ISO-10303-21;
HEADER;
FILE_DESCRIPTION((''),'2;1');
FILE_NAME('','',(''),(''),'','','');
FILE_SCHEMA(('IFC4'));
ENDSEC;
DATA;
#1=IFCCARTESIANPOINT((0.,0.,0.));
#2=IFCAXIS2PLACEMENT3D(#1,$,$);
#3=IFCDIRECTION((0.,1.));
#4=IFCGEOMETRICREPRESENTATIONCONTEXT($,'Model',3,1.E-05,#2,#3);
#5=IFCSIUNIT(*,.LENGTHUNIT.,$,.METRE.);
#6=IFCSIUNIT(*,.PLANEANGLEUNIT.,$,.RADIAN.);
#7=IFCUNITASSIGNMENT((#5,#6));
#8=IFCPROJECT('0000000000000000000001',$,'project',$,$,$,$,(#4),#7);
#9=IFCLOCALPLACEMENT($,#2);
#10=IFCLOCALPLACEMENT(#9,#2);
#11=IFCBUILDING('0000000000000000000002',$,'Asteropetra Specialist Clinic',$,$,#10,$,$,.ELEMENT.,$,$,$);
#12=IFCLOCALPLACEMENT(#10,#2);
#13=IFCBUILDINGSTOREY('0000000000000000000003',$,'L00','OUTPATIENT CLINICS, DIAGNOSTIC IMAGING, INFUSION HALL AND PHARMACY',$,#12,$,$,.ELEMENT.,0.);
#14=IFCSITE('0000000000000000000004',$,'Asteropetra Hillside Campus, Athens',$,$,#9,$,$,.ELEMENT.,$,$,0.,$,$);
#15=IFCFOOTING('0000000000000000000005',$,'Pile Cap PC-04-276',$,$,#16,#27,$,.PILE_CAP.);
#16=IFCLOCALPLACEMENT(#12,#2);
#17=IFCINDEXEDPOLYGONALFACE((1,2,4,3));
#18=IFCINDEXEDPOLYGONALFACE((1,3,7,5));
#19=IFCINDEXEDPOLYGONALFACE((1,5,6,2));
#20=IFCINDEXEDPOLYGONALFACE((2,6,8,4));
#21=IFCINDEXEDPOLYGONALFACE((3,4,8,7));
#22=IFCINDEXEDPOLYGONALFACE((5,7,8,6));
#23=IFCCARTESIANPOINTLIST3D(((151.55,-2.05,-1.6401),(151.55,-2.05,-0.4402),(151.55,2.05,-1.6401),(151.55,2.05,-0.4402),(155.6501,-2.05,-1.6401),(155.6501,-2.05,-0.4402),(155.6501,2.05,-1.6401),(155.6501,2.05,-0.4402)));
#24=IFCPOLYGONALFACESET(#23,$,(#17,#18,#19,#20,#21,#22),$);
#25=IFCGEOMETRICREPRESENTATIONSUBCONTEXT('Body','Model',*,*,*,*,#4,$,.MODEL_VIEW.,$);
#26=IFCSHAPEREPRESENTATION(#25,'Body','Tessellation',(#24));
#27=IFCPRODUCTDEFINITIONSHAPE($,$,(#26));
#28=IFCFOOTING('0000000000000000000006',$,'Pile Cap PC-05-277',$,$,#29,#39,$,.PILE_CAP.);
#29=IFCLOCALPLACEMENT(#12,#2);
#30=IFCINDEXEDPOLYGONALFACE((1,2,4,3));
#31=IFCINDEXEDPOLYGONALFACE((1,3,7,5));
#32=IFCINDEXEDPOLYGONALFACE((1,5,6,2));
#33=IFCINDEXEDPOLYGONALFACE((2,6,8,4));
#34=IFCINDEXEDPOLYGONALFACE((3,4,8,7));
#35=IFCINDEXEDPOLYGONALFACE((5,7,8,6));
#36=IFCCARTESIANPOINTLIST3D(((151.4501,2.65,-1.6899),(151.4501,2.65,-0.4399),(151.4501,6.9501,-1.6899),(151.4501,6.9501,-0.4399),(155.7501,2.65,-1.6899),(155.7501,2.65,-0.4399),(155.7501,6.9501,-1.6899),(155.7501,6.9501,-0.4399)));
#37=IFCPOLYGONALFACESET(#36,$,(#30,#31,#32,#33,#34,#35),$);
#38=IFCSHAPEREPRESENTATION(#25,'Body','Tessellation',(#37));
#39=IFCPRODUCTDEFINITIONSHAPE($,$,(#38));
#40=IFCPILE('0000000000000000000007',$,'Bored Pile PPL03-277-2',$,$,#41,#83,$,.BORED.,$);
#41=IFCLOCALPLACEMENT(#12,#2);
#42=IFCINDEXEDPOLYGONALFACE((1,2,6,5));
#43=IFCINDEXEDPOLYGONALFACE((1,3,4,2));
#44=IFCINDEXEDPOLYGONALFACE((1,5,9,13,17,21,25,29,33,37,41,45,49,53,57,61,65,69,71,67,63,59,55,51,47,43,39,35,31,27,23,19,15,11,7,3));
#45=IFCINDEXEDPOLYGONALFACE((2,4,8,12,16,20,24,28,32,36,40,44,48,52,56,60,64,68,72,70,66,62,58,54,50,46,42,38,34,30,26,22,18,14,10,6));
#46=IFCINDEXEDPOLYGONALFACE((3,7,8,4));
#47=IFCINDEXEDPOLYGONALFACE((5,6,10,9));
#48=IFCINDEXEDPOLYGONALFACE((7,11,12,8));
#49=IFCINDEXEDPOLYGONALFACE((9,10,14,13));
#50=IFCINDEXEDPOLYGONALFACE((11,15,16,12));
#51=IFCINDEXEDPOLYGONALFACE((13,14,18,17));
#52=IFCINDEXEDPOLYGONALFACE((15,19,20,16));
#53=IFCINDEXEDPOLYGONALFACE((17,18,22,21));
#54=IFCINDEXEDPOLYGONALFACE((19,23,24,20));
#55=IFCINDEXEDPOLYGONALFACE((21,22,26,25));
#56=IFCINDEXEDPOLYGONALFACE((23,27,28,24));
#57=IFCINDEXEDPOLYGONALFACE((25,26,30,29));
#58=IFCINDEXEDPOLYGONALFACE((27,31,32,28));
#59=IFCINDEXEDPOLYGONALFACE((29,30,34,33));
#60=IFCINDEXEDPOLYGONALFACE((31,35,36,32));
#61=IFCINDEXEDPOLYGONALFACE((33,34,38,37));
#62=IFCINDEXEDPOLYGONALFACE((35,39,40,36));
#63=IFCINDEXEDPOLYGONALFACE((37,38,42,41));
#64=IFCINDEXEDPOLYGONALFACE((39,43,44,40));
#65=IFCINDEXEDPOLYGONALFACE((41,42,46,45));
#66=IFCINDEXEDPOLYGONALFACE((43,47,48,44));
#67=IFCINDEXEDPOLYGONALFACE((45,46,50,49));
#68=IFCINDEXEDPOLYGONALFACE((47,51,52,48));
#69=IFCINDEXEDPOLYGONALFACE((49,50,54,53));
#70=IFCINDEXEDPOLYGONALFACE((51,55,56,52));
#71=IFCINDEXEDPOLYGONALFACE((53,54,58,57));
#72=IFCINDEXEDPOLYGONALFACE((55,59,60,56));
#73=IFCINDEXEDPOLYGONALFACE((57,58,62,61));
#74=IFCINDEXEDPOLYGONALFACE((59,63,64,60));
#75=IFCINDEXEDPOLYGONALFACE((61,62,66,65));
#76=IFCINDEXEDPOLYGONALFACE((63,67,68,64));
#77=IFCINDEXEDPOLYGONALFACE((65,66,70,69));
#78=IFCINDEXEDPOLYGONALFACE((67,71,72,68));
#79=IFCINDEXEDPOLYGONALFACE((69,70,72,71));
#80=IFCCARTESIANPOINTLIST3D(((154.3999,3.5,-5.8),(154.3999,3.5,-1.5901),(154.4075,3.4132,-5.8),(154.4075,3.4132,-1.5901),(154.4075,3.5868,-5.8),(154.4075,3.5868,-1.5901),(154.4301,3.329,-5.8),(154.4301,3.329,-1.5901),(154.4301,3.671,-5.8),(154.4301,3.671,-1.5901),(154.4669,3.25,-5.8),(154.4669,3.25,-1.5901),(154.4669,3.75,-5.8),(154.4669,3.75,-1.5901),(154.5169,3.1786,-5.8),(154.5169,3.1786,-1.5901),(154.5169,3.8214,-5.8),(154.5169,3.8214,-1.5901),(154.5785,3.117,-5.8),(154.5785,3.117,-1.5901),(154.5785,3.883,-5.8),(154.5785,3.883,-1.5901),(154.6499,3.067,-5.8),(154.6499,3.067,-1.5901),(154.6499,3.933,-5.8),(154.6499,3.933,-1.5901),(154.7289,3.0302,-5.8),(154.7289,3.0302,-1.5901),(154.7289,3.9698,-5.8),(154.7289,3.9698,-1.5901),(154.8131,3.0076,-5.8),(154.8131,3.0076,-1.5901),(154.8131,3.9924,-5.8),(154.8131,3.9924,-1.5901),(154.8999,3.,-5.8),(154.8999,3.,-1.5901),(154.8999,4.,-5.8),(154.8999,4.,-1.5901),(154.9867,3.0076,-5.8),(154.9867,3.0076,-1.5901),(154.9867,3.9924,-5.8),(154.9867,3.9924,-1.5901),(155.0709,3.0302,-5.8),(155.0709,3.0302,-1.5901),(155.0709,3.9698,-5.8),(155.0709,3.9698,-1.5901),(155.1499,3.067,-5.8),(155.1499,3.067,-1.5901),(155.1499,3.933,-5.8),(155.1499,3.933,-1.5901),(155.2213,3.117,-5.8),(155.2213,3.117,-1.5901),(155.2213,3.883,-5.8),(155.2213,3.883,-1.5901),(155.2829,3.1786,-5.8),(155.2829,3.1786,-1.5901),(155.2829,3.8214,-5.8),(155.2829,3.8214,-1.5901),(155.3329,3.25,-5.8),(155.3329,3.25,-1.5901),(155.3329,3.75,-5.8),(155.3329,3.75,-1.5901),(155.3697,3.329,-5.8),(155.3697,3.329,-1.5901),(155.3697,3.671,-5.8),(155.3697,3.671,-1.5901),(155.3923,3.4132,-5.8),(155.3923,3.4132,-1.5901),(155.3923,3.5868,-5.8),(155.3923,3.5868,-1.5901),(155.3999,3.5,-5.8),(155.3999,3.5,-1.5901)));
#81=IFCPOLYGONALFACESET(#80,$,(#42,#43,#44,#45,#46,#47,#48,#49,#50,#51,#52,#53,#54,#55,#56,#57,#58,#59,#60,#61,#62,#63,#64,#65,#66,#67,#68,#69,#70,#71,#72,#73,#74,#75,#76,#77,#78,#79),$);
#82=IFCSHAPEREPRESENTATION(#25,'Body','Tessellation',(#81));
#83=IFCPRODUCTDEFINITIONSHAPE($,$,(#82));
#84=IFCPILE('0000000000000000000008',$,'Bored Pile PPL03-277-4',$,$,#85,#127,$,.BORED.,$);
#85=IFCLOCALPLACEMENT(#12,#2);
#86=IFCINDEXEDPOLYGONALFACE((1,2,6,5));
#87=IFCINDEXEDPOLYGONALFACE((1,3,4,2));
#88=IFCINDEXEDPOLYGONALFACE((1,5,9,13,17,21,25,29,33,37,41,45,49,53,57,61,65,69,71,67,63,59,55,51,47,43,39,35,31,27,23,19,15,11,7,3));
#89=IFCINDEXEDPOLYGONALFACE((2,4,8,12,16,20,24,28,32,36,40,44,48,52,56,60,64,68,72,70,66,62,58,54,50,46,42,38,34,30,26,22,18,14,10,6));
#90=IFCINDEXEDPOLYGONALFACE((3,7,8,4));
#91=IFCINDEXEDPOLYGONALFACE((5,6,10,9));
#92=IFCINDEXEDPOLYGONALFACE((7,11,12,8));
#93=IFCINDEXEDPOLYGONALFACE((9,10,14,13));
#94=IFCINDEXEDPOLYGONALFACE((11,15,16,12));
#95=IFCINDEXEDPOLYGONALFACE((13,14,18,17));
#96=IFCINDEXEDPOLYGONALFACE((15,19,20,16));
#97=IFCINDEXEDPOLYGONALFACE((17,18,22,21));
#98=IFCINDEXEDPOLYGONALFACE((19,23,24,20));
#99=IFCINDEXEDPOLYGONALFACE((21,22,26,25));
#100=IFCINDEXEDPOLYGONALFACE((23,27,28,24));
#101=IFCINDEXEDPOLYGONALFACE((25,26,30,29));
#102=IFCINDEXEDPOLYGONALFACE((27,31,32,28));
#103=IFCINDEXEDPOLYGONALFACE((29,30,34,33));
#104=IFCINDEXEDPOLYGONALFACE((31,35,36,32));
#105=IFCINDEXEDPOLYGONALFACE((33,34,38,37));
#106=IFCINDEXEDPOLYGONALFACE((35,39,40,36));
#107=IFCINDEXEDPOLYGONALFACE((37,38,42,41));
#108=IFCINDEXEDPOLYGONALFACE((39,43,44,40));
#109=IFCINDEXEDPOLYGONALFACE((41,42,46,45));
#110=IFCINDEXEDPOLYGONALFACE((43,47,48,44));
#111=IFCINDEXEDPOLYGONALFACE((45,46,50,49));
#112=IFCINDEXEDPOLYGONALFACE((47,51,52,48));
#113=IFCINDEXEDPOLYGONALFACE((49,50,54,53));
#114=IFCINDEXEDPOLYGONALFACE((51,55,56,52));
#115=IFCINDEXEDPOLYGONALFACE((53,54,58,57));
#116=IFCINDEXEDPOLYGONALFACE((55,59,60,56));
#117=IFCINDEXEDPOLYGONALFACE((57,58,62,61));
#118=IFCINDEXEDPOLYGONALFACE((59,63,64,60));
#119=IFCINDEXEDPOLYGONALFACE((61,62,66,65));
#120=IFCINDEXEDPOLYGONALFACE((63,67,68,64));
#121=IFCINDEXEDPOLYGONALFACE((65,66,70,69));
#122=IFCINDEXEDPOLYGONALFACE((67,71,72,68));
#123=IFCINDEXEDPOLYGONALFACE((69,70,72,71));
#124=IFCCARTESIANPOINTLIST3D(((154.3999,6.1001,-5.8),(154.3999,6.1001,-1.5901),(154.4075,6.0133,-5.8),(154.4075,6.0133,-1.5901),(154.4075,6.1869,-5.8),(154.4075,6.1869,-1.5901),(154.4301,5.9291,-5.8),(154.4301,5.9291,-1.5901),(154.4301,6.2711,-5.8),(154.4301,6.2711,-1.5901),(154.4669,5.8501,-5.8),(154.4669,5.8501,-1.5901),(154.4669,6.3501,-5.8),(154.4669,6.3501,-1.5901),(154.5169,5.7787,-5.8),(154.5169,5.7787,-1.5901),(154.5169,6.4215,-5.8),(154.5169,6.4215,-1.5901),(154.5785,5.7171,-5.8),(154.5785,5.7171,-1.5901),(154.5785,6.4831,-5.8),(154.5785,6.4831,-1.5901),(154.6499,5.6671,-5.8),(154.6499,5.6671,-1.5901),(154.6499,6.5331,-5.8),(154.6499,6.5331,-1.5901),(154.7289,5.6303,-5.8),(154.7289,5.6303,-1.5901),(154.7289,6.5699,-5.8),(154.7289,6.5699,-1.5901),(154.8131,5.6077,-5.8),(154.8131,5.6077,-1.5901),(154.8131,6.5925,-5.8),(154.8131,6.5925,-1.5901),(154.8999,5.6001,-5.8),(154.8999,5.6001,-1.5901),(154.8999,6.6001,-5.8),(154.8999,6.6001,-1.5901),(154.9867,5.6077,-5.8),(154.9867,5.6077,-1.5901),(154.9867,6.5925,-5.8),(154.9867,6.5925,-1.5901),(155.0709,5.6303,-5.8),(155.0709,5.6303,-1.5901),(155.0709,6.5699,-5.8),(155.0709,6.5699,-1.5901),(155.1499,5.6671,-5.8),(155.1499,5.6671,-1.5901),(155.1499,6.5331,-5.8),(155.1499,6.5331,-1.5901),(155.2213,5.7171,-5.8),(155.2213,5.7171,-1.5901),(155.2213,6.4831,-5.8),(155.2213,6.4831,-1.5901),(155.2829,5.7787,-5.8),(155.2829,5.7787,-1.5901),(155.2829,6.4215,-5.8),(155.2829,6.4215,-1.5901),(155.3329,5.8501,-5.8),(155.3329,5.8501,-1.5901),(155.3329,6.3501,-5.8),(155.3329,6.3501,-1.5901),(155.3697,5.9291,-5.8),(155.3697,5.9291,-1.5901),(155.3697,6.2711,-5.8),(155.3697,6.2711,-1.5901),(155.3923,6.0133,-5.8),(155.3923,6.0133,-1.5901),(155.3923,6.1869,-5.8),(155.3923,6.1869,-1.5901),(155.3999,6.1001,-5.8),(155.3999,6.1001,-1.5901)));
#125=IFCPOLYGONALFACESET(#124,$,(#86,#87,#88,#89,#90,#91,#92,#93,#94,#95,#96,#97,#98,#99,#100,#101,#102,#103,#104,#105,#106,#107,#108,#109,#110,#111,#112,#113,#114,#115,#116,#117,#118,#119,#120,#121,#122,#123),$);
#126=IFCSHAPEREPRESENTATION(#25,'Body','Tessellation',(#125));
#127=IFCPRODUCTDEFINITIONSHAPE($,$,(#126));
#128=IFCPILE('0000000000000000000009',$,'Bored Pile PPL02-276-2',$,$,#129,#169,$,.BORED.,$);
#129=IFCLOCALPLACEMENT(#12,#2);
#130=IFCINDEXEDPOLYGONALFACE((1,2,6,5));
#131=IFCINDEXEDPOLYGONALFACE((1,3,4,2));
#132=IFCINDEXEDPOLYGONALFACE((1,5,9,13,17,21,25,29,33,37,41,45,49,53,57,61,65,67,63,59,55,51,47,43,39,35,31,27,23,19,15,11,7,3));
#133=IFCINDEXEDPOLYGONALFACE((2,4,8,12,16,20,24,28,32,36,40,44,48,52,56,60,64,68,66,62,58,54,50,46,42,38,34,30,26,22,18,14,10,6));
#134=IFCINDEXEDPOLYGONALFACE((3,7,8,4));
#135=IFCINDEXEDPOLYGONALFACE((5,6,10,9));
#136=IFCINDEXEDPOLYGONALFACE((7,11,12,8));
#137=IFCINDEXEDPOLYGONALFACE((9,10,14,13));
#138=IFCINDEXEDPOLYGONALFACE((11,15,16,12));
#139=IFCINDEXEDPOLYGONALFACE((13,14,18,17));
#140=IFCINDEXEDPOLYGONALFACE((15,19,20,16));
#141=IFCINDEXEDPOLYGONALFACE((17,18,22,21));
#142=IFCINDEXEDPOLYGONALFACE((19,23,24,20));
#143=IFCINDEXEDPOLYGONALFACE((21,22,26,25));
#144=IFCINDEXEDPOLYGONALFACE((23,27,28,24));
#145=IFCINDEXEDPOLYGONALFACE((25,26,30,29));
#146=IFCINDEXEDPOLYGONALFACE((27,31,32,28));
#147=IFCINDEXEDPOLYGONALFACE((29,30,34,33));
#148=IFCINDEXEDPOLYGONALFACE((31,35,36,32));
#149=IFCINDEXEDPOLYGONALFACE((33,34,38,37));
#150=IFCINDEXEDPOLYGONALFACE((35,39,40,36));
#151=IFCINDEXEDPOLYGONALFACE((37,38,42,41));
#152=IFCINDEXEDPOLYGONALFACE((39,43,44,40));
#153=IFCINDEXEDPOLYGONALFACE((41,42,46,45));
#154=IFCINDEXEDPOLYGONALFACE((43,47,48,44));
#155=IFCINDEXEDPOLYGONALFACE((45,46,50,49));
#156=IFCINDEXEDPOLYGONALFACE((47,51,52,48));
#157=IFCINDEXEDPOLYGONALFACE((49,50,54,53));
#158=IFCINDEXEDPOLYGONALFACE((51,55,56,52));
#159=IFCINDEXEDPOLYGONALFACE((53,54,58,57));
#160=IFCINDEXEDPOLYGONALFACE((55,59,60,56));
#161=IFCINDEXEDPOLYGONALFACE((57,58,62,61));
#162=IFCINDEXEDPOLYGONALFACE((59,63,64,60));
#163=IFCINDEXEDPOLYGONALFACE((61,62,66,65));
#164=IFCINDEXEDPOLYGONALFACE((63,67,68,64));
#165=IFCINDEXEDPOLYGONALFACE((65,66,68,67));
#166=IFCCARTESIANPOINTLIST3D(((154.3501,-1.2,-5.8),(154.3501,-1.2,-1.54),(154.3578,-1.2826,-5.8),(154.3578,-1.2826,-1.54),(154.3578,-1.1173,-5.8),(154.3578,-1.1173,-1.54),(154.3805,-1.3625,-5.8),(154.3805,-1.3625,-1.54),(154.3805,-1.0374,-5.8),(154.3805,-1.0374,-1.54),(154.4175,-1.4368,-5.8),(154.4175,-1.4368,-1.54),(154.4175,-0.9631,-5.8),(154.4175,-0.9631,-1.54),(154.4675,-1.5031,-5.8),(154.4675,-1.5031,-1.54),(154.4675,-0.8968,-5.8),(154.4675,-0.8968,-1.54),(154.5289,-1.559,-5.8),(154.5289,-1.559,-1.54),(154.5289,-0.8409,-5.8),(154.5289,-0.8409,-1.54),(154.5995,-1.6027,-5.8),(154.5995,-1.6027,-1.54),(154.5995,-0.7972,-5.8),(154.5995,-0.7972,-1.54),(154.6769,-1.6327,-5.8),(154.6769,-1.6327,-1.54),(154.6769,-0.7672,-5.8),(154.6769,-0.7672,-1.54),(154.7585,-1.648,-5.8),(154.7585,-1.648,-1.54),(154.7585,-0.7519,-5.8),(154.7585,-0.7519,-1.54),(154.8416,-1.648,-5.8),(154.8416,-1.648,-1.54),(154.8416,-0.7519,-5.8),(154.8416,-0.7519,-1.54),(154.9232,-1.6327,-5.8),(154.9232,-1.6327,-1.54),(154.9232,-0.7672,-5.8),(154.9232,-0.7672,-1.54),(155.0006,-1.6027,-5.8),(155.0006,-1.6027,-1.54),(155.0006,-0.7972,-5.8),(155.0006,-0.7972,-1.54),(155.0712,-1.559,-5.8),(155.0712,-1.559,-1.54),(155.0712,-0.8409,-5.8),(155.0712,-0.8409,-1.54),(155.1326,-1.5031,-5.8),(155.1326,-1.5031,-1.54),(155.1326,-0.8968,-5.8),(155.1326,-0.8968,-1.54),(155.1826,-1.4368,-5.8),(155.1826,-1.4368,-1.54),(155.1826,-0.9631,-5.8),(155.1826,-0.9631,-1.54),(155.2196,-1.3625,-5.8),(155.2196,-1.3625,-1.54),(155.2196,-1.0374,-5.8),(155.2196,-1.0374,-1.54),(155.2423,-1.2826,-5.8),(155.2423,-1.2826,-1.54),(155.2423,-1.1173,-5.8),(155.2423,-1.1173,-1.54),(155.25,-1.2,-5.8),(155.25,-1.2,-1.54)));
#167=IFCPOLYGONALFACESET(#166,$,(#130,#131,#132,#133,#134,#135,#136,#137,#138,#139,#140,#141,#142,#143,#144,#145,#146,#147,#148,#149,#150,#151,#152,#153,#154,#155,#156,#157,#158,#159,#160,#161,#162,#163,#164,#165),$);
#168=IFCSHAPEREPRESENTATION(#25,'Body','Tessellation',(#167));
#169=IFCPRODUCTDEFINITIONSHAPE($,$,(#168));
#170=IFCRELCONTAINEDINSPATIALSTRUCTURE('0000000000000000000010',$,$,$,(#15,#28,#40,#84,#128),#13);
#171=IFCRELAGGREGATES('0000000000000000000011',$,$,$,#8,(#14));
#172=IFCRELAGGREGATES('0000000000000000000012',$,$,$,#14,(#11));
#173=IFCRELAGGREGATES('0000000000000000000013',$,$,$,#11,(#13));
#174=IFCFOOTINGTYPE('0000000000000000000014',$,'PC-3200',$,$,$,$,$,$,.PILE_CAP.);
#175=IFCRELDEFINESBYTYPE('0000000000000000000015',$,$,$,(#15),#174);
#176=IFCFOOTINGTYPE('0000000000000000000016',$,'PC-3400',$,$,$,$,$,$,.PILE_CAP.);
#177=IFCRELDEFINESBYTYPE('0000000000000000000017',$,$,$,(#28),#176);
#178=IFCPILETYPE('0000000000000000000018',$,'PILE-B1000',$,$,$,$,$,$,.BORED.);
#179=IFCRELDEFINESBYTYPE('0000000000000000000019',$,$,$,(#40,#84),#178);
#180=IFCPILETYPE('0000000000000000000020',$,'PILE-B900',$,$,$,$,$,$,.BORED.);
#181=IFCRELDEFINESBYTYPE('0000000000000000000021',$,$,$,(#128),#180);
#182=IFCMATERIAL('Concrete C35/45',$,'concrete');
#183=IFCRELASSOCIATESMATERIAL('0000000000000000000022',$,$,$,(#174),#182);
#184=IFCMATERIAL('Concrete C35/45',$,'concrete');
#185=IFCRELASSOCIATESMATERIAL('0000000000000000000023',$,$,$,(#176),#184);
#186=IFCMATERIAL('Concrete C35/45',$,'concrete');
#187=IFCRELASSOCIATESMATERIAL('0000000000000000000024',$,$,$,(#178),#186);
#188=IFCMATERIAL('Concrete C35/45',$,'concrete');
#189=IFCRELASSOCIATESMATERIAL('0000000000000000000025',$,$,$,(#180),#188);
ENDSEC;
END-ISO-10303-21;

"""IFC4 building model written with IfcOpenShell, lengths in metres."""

from ifc_helpers import new_model, si_unit, direction, frame, origin, origin_2d, place, context, subcontext, project, spatial, rectangle, circle, extrude, material, material_profile, profile_set, type_object, element, save


model = new_model("IFC4")

# Units and contexts
model_context = context("Model", 3, precision=1e-05, world=origin(), true_north=direction((0.0, 1.0)))
body_context = subcontext(model_context, "Body", "Model", "MODEL_VIEW")
ifc_project = project(units=[si_unit("LENGTHUNIT", "METRE"), si_unit("PLANEANGLEUNIT", "RADIAN")], contexts=[model_context])

# Site, building, storey
site_placement = place(None, origin())
site = spatial("IfcSite", under=ifc_project, at=site_placement, Name="Asteropetra Hillside Campus, Athens", CompositionType="ELEMENT", RefElevation=0.0)
building_placement = place(site_placement, origin())
building = spatial("IfcBuilding", under=site, at=building_placement, Name="Asteropetra Specialist Clinic", CompositionType="ELEMENT")
storey_placement = place(building_placement, origin())
storey = spatial("IfcBuildingStorey", under=building, at=storey_placement, Name="L00", Description="OUTPATIENT CLINICS, DIAGNOSTIC IMAGING, INFUSION HALL AND PHARMACY", CompositionType="ELEMENT", Elevation=0.0)

# Footings
ifc_material_1 = material(Name="Concrete C35/45", Category="concrete")
footing_type_1 = type_object("IfcFootingType", Name="PC-3200", PredefinedType="PILE_CAP", material=ifc_material_1)
footing_1_placement = place(storey_placement, frame((153.6001, 0.0, -1.6401), z_axis=(0.0, 0.0, 1.0), x_axis=(1.0, 0.0, 0.0)))
element("IfcFooting", 1, at=footing_1_placement, inside=storey, type_object=footing_type_1, Name="Pile Cap PC-04-276", PredefinedType="PILE_CAP", context=body_context, shape_type="SweptSolid", body=[
    extrude(rectangle(XDim=4.1001, YDim=4.1001, at=origin_2d()), origin(), (0.0, 0.0, 1.0), 1.2),
])
ifc_material_2 = material(Name="Concrete C35/45", Category="concrete")
footing_type_2 = type_object("IfcFootingType", Name="PC-3400", PredefinedType="PILE_CAP", material=ifc_material_2)
footing_2_placement = place(storey_placement, frame((153.6001, 4.8, -1.6899), z_axis=(0.0, 0.0, 1.0), x_axis=(1.0, 0.0, 0.0)))
element("IfcFooting", 2, at=footing_2_placement, inside=storey, type_object=footing_type_2, Name="Pile Cap PC-05-277", PredefinedType="PILE_CAP", context=body_context, shape_type="SweptSolid", body=[
    extrude(rectangle(XDim=4.3, YDim=4.3, at=origin_2d()), origin(), (0.0, 0.0, 1.0), 1.25),
])

# Piles
ifc_material_3 = material(Name="Concrete C35/45", Category="concrete")
ifc_material_profile_1 = material_profile(ifc_material_3, circle(Radius=0.5, at=origin_2d()), Name="PILE D1000")
ifc_profile_set_1 = profile_set([ifc_material_profile_1], Name="Concrete C35/45")
pile_type_1 = type_object("IfcPileType", Name="PILE-B1000", PredefinedType="BORED", material=ifc_profile_set_1)
for number, where, z_axis, x_axis, name in (
    (3, (154.8999, 3.5, -1.5901), (0.0, 0.0, -1.0), (1.0, 0.0, 0.0), "Bored Pile PPL03-277-2"),
    (4, (154.8999, 6.1001, -1.5901), (0.0, 0.0, -1.0), (1.0, 0.0, 0.0), "Bored Pile PPL03-277-4"),
):
    element("IfcPile", number, at=place(storey_placement, frame(where, z_axis=z_axis, x_axis=x_axis)), inside=storey, type_object=pile_type_1, Name=name, PredefinedType="BORED", context=body_context, shape_type="SweptSolid", body=[
        extrude(circle(Radius=0.5, at=origin_2d()), origin(), (0.0, 0.0, 1.0), 4.21),
    ])
ifc_material_4 = material(Name="Concrete C35/45", Category="concrete")
ifc_material_profile_2 = material_profile(ifc_material_4, circle(Radius=0.45, at=origin_2d()), Name="PILE D900")
ifc_profile_set_2 = profile_set([ifc_material_profile_2], Name="Concrete C35/45")
pile_type_2 = type_object("IfcPileType", Name="PILE-B900", PredefinedType="BORED", material=ifc_profile_set_2)
for number, where, z_axis, x_axis, name in (
    (5, (154.8, -1.2, -1.54), (0.0, 0.0, -1.0), (1.0, 0.0, 0.0), "Bored Pile PPL02-276-2"),
):
    element("IfcPile", number, at=place(storey_placement, frame(where, z_axis=z_axis, x_axis=x_axis)), inside=storey, type_object=pile_type_2, Name=name, PredefinedType="BORED", context=body_context, shape_type="SweptSolid", body=[
        extrude(circle(Radius=0.45, at=origin_2d()), origin(), (0.0, 0.0, 1.0), 4.26),
    ])

save(model, "model.ifc")
